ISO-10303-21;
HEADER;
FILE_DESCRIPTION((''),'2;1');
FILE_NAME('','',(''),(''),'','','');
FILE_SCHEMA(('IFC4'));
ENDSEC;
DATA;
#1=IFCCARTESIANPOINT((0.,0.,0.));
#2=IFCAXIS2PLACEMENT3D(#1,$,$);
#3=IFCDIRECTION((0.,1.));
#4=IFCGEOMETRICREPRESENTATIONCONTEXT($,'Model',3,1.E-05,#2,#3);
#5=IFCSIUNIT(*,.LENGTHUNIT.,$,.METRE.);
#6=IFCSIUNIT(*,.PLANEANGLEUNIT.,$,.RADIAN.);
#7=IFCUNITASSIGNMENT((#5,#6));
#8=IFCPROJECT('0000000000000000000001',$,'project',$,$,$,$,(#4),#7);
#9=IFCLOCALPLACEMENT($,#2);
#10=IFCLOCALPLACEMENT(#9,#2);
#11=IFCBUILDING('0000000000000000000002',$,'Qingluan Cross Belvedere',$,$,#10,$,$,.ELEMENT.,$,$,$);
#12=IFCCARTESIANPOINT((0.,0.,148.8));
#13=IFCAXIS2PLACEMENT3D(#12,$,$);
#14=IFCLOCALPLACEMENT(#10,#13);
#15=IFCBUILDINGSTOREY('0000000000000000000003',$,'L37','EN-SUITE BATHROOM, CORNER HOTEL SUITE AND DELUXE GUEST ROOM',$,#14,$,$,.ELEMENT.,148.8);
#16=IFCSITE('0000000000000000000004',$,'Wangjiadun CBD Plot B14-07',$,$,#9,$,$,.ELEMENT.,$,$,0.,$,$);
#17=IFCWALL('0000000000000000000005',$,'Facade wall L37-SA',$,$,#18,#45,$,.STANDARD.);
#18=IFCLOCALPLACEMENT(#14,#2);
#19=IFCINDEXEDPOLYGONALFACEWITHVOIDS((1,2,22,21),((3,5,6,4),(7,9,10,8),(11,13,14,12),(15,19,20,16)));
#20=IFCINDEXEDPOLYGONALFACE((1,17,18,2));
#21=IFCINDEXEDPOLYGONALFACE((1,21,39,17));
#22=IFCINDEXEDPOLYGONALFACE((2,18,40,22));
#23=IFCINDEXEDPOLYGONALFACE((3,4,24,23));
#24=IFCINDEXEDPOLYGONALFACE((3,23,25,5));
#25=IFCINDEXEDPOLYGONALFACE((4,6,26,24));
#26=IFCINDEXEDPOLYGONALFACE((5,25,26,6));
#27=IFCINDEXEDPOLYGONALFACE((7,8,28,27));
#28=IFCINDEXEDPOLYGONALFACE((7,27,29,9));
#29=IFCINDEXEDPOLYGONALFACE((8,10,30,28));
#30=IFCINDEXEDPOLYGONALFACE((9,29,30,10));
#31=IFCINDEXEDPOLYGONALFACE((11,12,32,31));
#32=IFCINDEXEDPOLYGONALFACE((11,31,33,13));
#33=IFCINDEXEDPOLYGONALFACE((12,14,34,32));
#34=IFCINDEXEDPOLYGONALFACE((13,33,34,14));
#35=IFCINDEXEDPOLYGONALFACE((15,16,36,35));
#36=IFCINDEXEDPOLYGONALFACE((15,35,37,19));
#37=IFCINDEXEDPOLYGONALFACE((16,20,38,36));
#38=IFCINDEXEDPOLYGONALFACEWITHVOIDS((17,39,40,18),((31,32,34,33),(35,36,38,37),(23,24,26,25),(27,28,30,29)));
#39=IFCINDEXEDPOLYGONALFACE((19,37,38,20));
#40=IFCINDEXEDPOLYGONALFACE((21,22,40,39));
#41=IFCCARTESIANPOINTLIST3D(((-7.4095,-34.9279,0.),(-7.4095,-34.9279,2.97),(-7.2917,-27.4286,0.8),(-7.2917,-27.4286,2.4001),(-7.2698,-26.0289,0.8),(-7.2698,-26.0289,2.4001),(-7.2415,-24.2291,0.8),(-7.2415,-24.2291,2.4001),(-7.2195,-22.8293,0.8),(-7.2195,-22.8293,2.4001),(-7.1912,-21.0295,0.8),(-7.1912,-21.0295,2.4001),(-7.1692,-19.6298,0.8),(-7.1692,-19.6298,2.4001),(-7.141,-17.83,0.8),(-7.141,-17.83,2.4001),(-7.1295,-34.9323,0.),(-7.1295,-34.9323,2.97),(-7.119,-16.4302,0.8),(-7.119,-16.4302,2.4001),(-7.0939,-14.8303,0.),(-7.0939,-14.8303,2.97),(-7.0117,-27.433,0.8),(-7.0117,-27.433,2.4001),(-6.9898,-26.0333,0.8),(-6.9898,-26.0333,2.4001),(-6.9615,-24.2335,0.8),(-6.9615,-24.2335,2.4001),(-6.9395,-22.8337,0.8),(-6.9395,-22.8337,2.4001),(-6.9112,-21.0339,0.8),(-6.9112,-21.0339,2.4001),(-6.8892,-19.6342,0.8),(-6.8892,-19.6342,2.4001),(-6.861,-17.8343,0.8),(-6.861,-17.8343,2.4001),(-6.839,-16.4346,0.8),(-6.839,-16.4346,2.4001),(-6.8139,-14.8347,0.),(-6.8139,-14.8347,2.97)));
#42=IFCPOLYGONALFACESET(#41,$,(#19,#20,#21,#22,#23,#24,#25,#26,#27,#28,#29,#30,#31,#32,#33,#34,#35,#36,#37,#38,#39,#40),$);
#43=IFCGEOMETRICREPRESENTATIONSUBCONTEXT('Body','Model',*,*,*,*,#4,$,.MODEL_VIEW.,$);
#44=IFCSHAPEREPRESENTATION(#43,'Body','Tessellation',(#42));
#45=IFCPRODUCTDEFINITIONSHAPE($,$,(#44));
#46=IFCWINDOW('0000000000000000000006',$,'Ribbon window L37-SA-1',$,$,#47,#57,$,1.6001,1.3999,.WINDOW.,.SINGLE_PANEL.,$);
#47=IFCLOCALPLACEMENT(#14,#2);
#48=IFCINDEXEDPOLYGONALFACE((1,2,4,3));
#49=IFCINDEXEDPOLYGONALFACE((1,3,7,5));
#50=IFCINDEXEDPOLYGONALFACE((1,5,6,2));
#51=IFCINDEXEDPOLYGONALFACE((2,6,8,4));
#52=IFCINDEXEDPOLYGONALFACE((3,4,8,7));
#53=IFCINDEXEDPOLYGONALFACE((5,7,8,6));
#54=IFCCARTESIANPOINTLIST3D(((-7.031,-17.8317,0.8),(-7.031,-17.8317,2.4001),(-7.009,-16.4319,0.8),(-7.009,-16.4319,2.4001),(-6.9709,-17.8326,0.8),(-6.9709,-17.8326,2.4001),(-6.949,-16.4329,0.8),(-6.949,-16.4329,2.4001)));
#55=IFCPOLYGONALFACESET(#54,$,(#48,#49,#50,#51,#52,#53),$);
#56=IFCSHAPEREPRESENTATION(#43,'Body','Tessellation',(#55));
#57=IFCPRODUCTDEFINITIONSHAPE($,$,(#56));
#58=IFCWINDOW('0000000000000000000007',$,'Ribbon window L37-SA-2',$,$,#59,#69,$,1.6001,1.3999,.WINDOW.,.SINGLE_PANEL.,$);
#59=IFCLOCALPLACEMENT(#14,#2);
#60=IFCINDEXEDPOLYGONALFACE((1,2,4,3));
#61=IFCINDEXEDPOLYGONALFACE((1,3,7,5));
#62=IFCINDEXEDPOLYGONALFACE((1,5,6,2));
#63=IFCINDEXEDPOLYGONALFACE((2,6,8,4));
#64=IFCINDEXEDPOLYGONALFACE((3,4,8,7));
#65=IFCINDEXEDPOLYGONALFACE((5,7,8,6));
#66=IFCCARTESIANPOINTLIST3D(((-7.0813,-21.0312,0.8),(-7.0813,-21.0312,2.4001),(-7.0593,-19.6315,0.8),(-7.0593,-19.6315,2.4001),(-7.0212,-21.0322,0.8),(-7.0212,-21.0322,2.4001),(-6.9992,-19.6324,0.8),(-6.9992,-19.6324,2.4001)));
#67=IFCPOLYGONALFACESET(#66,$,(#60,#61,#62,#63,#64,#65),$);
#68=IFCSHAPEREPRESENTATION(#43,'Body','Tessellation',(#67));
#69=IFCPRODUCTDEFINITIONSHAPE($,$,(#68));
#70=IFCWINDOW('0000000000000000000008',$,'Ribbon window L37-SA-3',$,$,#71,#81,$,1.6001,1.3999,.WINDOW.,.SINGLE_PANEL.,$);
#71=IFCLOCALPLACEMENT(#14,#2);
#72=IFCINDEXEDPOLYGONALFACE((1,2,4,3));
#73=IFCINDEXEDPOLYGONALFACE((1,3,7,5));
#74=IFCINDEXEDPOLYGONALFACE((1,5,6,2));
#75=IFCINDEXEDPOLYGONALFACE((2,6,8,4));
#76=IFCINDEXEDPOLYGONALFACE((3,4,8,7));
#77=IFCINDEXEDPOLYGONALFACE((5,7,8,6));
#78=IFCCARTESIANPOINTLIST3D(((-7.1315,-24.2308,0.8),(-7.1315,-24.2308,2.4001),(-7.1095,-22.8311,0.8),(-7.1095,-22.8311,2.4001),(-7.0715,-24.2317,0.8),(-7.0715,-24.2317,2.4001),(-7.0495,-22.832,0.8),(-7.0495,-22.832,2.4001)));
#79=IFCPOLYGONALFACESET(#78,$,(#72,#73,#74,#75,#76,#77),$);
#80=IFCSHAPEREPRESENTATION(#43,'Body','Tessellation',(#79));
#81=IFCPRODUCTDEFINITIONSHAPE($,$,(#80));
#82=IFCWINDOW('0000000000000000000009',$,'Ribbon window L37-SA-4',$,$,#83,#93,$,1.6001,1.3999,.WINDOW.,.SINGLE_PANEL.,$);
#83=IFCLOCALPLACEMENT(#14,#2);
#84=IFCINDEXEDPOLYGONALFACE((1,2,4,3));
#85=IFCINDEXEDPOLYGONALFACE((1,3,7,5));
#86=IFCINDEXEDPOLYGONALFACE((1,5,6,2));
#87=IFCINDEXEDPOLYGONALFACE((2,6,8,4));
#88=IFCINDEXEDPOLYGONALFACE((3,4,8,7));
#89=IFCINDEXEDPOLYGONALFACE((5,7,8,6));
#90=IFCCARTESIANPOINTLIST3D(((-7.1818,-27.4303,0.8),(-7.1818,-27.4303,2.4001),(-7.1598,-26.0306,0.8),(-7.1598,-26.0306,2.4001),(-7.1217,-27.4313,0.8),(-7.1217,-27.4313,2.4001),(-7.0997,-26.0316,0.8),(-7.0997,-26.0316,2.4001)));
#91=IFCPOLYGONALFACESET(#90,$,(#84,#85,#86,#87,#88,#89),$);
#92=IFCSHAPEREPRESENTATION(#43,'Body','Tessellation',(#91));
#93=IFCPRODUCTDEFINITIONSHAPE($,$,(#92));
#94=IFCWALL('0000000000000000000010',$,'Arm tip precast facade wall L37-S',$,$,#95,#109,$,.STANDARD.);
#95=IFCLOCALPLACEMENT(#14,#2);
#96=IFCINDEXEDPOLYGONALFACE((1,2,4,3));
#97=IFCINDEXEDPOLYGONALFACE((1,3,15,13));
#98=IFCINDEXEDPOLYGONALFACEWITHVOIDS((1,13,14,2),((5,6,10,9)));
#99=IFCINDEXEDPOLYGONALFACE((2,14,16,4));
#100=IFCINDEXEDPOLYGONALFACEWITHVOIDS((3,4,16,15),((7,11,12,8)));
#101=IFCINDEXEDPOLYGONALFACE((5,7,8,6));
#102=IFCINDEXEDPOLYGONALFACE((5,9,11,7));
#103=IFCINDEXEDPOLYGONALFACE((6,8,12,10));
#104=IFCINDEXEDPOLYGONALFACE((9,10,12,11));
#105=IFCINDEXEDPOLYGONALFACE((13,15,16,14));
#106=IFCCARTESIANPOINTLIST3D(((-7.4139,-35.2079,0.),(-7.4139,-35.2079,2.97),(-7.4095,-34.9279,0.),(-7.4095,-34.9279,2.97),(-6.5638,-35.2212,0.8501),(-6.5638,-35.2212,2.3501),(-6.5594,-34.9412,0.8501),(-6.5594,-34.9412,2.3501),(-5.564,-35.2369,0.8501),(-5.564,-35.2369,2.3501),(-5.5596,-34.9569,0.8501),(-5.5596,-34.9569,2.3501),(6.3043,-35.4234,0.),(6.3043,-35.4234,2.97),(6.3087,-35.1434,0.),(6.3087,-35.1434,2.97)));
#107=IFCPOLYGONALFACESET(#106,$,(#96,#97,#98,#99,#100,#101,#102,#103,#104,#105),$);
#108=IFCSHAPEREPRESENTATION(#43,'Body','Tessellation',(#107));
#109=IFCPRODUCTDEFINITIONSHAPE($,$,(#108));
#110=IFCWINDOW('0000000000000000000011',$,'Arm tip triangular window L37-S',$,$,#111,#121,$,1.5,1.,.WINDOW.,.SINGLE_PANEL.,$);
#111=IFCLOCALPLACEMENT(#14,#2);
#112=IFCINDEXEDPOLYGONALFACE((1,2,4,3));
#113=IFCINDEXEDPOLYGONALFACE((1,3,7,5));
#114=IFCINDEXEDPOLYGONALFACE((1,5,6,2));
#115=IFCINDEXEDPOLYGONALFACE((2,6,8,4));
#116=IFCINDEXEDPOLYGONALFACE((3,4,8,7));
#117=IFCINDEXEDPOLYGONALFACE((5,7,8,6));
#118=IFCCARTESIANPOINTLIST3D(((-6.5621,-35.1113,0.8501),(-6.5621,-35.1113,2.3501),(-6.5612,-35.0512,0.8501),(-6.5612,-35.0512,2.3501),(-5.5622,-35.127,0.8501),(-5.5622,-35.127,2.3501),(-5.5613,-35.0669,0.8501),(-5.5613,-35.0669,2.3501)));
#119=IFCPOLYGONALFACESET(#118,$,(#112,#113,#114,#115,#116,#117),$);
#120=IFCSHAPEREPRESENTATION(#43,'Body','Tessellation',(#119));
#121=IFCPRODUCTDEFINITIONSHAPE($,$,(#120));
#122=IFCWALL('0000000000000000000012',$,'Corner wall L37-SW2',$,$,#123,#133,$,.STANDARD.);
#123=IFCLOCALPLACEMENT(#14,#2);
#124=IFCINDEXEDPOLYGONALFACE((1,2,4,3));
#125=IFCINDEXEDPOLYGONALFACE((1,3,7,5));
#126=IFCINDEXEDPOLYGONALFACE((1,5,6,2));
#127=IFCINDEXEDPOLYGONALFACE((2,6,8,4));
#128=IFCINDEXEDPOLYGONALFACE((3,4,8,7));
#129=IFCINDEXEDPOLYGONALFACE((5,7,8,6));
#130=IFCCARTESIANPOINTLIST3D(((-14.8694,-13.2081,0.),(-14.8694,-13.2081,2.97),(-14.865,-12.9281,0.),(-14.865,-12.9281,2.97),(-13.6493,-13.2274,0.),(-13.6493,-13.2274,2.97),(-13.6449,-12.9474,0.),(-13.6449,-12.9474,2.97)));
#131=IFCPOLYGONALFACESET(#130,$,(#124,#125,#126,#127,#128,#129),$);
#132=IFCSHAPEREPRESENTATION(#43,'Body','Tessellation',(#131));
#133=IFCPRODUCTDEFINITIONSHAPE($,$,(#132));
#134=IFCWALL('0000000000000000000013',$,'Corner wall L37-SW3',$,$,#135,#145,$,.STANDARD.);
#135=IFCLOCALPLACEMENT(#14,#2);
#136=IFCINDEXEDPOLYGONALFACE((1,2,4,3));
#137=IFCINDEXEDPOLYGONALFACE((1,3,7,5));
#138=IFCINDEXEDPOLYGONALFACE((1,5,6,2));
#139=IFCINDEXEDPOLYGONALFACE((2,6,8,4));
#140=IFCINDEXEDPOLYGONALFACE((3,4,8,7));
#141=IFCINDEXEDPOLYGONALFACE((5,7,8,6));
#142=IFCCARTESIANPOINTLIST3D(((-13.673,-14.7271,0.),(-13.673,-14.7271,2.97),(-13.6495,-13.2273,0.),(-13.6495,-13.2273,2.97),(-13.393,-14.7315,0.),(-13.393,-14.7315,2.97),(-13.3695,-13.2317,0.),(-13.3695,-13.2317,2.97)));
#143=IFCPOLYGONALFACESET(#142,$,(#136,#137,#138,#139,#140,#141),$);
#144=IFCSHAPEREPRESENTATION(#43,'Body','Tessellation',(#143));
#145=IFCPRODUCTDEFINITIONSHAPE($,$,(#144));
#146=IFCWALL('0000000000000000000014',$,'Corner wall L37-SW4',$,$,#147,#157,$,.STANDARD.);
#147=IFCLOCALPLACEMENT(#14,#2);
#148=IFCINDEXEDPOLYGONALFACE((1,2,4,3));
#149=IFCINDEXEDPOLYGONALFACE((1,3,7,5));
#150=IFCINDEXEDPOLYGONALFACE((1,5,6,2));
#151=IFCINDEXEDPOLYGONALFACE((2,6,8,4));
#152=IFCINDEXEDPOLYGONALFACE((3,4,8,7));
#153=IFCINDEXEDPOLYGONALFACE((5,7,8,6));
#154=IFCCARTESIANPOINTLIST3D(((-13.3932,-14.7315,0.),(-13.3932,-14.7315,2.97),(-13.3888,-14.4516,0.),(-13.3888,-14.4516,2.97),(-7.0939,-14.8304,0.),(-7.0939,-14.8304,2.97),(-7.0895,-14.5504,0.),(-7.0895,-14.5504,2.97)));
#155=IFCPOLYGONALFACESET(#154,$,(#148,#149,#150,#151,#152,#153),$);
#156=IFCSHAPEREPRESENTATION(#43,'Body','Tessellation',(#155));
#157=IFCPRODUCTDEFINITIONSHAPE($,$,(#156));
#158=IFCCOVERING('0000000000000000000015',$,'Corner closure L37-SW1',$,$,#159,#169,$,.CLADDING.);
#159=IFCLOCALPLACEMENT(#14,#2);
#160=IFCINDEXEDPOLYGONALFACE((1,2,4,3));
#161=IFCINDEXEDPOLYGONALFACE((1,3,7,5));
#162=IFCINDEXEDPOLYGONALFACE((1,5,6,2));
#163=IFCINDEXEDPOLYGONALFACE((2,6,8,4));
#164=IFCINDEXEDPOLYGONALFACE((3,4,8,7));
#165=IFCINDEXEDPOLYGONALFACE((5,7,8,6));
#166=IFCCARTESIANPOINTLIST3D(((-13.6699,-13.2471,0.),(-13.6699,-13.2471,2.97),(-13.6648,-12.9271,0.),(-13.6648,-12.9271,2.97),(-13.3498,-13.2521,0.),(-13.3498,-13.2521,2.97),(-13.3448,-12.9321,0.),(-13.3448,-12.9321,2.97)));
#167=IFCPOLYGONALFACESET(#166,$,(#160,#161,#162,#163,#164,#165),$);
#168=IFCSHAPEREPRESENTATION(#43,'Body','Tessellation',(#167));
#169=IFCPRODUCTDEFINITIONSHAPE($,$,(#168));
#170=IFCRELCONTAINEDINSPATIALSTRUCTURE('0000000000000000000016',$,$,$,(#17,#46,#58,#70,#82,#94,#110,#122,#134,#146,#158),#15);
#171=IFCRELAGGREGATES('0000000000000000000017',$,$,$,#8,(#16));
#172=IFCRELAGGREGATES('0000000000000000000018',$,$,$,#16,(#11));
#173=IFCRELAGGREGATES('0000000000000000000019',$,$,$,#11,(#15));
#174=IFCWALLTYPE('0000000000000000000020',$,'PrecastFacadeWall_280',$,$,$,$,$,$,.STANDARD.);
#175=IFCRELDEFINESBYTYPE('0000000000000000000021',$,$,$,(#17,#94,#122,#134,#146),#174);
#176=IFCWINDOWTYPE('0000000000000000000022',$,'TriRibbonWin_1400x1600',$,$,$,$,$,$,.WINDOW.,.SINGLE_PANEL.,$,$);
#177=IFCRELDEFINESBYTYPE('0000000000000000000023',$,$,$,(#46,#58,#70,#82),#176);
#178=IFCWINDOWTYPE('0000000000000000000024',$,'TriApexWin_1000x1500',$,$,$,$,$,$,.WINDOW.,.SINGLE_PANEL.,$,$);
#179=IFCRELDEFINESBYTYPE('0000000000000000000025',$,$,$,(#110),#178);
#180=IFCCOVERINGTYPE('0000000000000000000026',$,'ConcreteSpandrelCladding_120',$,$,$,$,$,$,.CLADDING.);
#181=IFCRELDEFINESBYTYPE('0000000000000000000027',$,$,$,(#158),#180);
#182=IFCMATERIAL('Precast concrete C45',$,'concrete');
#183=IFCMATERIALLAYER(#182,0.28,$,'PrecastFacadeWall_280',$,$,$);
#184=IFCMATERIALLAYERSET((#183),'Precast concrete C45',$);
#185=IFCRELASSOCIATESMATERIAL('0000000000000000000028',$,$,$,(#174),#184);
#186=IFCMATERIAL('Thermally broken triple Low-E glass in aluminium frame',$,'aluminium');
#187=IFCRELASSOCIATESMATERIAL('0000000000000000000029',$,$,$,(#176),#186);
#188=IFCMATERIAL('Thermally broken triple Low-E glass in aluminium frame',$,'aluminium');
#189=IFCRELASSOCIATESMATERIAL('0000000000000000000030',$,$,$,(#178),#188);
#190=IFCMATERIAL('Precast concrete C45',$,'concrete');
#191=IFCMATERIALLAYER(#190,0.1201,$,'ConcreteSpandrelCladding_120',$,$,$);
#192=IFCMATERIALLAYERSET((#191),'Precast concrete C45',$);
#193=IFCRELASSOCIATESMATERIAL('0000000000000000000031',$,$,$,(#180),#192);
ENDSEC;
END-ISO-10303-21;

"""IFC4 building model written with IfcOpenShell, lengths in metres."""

from ifc_helpers import new_model, si_unit, direction, frame, frame_2d, origin, origin_2d, place, context, subcontext, project, spatial, rectangle, extrude, material, layer, layer_set, type_object, element, fill, save


model = new_model("IFC4")

# Units and contexts
model_context = context("Model", 3, precision=1e-05, world=origin(), true_north=direction((0.0, 1.0)))
body_context = subcontext(model_context, "Body", "Model", "MODEL_VIEW")
ifc_project = project(units=[si_unit("LENGTHUNIT", "METRE"), si_unit("PLANEANGLEUNIT", "RADIAN")], contexts=[model_context])

# Site, building, storey
site_placement = place(None, origin())
site = spatial("IfcSite", under=ifc_project, at=site_placement, Name="Wangjiadun CBD Plot B14-07", CompositionType="ELEMENT", RefElevation=0.0)
building_placement = place(site_placement, origin())
building = spatial("IfcBuilding", under=site, at=building_placement, Name="Qingluan Cross Belvedere", CompositionType="ELEMENT")
storey_placement = place(building_placement, frame((0.0, 0.0, 148.8)))
storey = spatial("IfcBuildingStorey", under=building, at=storey_placement, Name="L37", Description="EN-SUITE BATHROOM, CORNER HOTEL SUITE AND DELUXE GUEST ROOM", CompositionType="ELEMENT", Elevation=148.8)

# Wall, openings, windows
ifc_material_1 = material(Name="Precast concrete C45", Category="concrete")
ifc_layer_1 = layer(ifc_material_1, 0.28, Name="PrecastFacadeWall_280")
ifc_layer_set_1 = layer_set([ifc_layer_1], Name="Precast concrete C45")
wall_type_1 = type_object("IfcWallType", Name="PrecastFacadeWall_280", PredefinedType="STANDARD", material=ifc_layer_set_1)
wall_1_placement = place(storey_placement, frame((-6.9539, -14.8325, 0.0), z_axis=(0.0, 0.0, 1.0), x_axis=(-0.015705, -0.999877, 0.0)))
wall_1 = element("IfcWall", 1, at=wall_1_placement, inside=storey, type_object=wall_type_1, Name="Facade wall L37-SA", PredefinedType="STANDARD", context=body_context, shape_type="SweptSolid", body=[
    extrude(rectangle(XDim=20.1001, YDim=0.28, at=frame_2d((10.05, 0.0))), origin(), (0.0, 0.0, 1.0), 2.97),
])
opening_1_placement = place(wall_1_placement, frame((1.6001, 0.0, 0.8)))
opening_1 = element("IfcOpeningElement", 2, at=opening_1_placement, cuts=wall_1, PredefinedType="OPENING", context=body_context, shape_type="SweptSolid", body=[
    extrude(rectangle(XDim=1.3999, YDim=1.6001, at=frame_2d((0.7, 0.8))), frame((0.0, 0.1499, 0.0), z_axis=(0.0, -1.0, 0.0), x_axis=(1.0, 0.0, 0.0)), (0.0, 0.0, 1.0), 0.3),
])
opening_2_placement = place(wall_1_placement, frame((4.8, 0.0, 0.8)))
opening_2 = element("IfcOpeningElement", 3, at=opening_2_placement, cuts=wall_1, PredefinedType="OPENING", context=body_context, shape_type="SweptSolid", body=[
    extrude(rectangle(XDim=1.3999, YDim=1.6001, at=frame_2d((0.7, 0.8))), frame((0.0, 0.1499, 0.0), z_axis=(0.0, -1.0, 0.0), x_axis=(1.0, 0.0, 0.0)), (0.0, 0.0, 1.0), 0.3),
])
opening_3_placement = place(wall_1_placement, frame((8.0, 0.0, 0.8)))
opening_3 = element("IfcOpeningElement", 4, at=opening_3_placement, cuts=wall_1, PredefinedType="OPENING", context=body_context, shape_type="SweptSolid", body=[
    extrude(rectangle(XDim=1.3999, YDim=1.6001, at=frame_2d((0.7, 0.8))), frame((0.0, 0.1499, 0.0), z_axis=(0.0, -1.0, 0.0), x_axis=(1.0, 0.0, 0.0)), (0.0, 0.0, 1.0), 0.3),
])
opening_4_placement = place(wall_1_placement, frame((11.2, 0.0, 0.8)))
opening_4 = element("IfcOpeningElement", 5, at=opening_4_placement, cuts=wall_1, PredefinedType="OPENING", context=body_context, shape_type="SweptSolid", body=[
    extrude(rectangle(XDim=1.3999, YDim=1.6001, at=frame_2d((0.7, 0.8))), frame((0.0, 0.1499, 0.0), z_axis=(0.0, -1.0, 0.0), x_axis=(1.0, 0.0, 0.0)), (0.0, 0.0, 1.0), 0.3),
])
ifc_material_2 = material(Name="Thermally broken triple Low-E glass in aluminium frame", Category="aluminium")
window_type_1 = type_object("IfcWindowType", Name="TriRibbonWin_1400x1600", PartitioningType="SINGLE_PANEL", PredefinedType="WINDOW", material=ifc_material_2)
window_1_placement = place(opening_1_placement, origin())
window_1 = element("IfcWindow", 6, at=window_1_placement, inside=storey, type_object=window_type_1, Name="Ribbon window L37-SA-1", OverallHeight=1.6001, OverallWidth=1.3999, PartitioningType="SINGLE_PANEL", PredefinedType="WINDOW", context=body_context, shape_type="SweptSolid", body=[
    extrude(rectangle(XDim=1.3999, YDim=1.6001, at=frame_2d((0.7, 0.8))), frame((0.0, 0.03, 0.0), z_axis=(0.0, -1.0, 0.0), x_axis=(1.0, 0.0, 0.0)), (0.0, 0.0, 1.0), 0.0601),
])
fill(opening_1, window_1)
window_2_placement = place(opening_2_placement, origin())
window_2 = element("IfcWindow", 7, at=window_2_placement, inside=storey, type_object=window_type_1, Name="Ribbon window L37-SA-2", OverallHeight=1.6001, OverallWidth=1.3999, PartitioningType="SINGLE_PANEL", PredefinedType="WINDOW", context=body_context, shape_type="SweptSolid", body=[
    extrude(rectangle(XDim=1.3999, YDim=1.6001, at=frame_2d((0.7, 0.8))), frame((0.0, 0.03, 0.0), z_axis=(0.0, -1.0, 0.0), x_axis=(1.0, 0.0, 0.0)), (0.0, 0.0, 1.0), 0.0601),
])
fill(opening_2, window_2)
window_3_placement = place(opening_3_placement, origin())
window_3 = element("IfcWindow", 8, at=window_3_placement, inside=storey, type_object=window_type_1, Name="Ribbon window L37-SA-3", OverallHeight=1.6001, OverallWidth=1.3999, PartitioningType="SINGLE_PANEL", PredefinedType="WINDOW", context=body_context, shape_type="SweptSolid", body=[
    extrude(rectangle(XDim=1.3999, YDim=1.6001, at=frame_2d((0.7, 0.8))), frame((0.0, 0.03, 0.0), z_axis=(0.0, -1.0, 0.0), x_axis=(1.0, 0.0, 0.0)), (0.0, 0.0, 1.0), 0.0601),
])
fill(opening_3, window_3)
window_4_placement = place(opening_4_placement, origin())
window_4 = element("IfcWindow", 9, at=window_4_placement, inside=storey, type_object=window_type_1, Name="Ribbon window L37-SA-4", OverallHeight=1.6001, OverallWidth=1.3999, PartitioningType="SINGLE_PANEL", PredefinedType="WINDOW", context=body_context, shape_type="SweptSolid", body=[
    extrude(rectangle(XDim=1.3999, YDim=1.6001, at=frame_2d((0.7, 0.8))), frame((0.0, 0.03, 0.0), z_axis=(0.0, -1.0, 0.0), x_axis=(1.0, 0.0, 0.0)), (0.0, 0.0, 1.0), 0.0601),
])
fill(opening_4, window_4)

# Wall, opening, window
wall_2_placement = place(storey_placement, frame((-7.4116, -35.0679, 0.0), z_axis=(0.0, 0.0, 1.0), x_axis=(0.999877, -0.015713, 0.0)))
wall_2 = element("IfcWall", 10, at=wall_2_placement, inside=storey, type_object=wall_type_1, Name="Arm tip precast facade wall L37-S", PredefinedType="STANDARD", context=body_context, shape_type="SweptSolid", body=[
    extrude(rectangle(XDim=13.72, YDim=0.28, at=frame_2d((6.8599, 0.0))), origin(), (0.0, 0.0, 1.0), 2.97),
])
opening_5_placement = place(wall_2_placement, frame((0.8501, 0.0, 0.8501)))
opening_5 = element("IfcOpeningElement", 11, at=opening_5_placement, cuts=wall_2, PredefinedType="OPENING", context=body_context, shape_type="SweptSolid", body=[
    extrude(rectangle(XDim=1.0, YDim=1.5, at=frame_2d((0.5, 0.75))), frame((0.0, 0.1499, 0.0), z_axis=(0.0, -1.0, 0.0), x_axis=(1.0, 0.0, 0.0)), (0.0, 0.0, 1.0), 0.3),
])
ifc_material_3 = material(Name="Thermally broken triple Low-E glass in aluminium frame", Category="aluminium")
window_type_2 = type_object("IfcWindowType", Name="TriApexWin_1000x1500", PartitioningType="SINGLE_PANEL", PredefinedType="WINDOW", material=ifc_material_3)
window_5_placement = place(opening_5_placement, origin())
window_5 = element("IfcWindow", 12, at=window_5_placement, inside=storey, type_object=window_type_2, Name="Arm tip triangular window L37-S", OverallHeight=1.5, OverallWidth=1.0, PartitioningType="SINGLE_PANEL", PredefinedType="WINDOW", context=body_context, shape_type="SweptSolid", body=[
    extrude(rectangle(XDim=1.0, YDim=1.5, at=frame_2d((0.5, 0.75))), frame((0.0, 0.03, 0.0), z_axis=(0.0, -1.0, 0.0), x_axis=(1.0, 0.0, 0.0)), (0.0, 0.0, 1.0), 0.0601),
])
fill(opening_5, window_5)

# Walls
wall_3_placement = place(storey_placement, frame((-14.8672, -13.0681, 0.0), z_axis=(0.0, 0.0, 1.0), x_axis=(0.999875, -0.015808, 0.0)))
element("IfcWall", 13, at=wall_3_placement, inside=storey, type_object=wall_type_1, Name="Corner wall L37-SW2", PredefinedType="STANDARD", context=body_context, shape_type="SweptSolid", body=[
    extrude(rectangle(XDim=1.2202, YDim=0.28, at=frame_2d((0.6101, 0.0))), origin(), (0.0, 0.0, 1.0), 2.97),
])
wall_4_placement = place(storey_placement, frame((-13.5095, -13.2295, 0.0), z_axis=(0.0, 0.0, 1.0), x_axis=(-0.015626, -0.999878, 0.0)))
element("IfcWall", 14, at=wall_4_placement, inside=storey, type_object=wall_type_1, Name="Corner wall L37-SW3", PredefinedType="STANDARD", context=body_context, shape_type="SweptSolid", body=[
    extrude(rectangle(XDim=1.5, YDim=0.28, at=frame_2d((0.75, 0.0))), origin(), (0.0, 0.0, 1.0), 2.97),
])
wall_5_placement = place(storey_placement, frame((-13.3909, -14.5916, 0.0), z_axis=(0.0, 0.0, 1.0), x_axis=(0.999877, -0.015695, 0.0)))
element("IfcWall", 15, at=wall_5_placement, inside=storey, type_object=wall_type_1, Name="Corner wall L37-SW4", PredefinedType="STANDARD", context=body_context, shape_type="SweptSolid", body=[
    extrude(rectangle(XDim=6.3, YDim=0.28, at=frame_2d((3.1499, 0.0))), origin(), (0.0, 0.0, 1.0), 2.97),
])

# Covering
ifc_material_4 = material(Name="Precast concrete C45", Category="concrete")
ifc_layer_2 = layer(ifc_material_4, 0.1201, Name="ConcreteSpandrelCladding_120")
ifc_layer_set_2 = layer_set([ifc_layer_2], Name="Precast concrete C45")
covering_type = type_object("IfcCoveringType", Name="ConcreteSpandrelCladding_120", PredefinedType="CLADDING", material=ifc_layer_set_2)
for number, where, z_axis, x_axis, name in (
    (16, (-13.5073, -13.0896, 0.0), (0.0, 0.0, 1.0), (0.999877, -0.015707, 0.0), "Corner closure L37-SW1"),
):
    element("IfcCovering", number, at=place(storey_placement, frame(where, z_axis=z_axis, x_axis=x_axis)), inside=storey, type_object=covering_type, Name=name, PredefinedType="CLADDING", context=body_context, shape_type="SweptSolid", body=[
        extrude(rectangle(XDim=0.3201, YDim=0.3201, at=origin_2d()), origin(), (0.0, 0.0, 1.0), 2.97),
    ])

save(model, "model.ifc")
